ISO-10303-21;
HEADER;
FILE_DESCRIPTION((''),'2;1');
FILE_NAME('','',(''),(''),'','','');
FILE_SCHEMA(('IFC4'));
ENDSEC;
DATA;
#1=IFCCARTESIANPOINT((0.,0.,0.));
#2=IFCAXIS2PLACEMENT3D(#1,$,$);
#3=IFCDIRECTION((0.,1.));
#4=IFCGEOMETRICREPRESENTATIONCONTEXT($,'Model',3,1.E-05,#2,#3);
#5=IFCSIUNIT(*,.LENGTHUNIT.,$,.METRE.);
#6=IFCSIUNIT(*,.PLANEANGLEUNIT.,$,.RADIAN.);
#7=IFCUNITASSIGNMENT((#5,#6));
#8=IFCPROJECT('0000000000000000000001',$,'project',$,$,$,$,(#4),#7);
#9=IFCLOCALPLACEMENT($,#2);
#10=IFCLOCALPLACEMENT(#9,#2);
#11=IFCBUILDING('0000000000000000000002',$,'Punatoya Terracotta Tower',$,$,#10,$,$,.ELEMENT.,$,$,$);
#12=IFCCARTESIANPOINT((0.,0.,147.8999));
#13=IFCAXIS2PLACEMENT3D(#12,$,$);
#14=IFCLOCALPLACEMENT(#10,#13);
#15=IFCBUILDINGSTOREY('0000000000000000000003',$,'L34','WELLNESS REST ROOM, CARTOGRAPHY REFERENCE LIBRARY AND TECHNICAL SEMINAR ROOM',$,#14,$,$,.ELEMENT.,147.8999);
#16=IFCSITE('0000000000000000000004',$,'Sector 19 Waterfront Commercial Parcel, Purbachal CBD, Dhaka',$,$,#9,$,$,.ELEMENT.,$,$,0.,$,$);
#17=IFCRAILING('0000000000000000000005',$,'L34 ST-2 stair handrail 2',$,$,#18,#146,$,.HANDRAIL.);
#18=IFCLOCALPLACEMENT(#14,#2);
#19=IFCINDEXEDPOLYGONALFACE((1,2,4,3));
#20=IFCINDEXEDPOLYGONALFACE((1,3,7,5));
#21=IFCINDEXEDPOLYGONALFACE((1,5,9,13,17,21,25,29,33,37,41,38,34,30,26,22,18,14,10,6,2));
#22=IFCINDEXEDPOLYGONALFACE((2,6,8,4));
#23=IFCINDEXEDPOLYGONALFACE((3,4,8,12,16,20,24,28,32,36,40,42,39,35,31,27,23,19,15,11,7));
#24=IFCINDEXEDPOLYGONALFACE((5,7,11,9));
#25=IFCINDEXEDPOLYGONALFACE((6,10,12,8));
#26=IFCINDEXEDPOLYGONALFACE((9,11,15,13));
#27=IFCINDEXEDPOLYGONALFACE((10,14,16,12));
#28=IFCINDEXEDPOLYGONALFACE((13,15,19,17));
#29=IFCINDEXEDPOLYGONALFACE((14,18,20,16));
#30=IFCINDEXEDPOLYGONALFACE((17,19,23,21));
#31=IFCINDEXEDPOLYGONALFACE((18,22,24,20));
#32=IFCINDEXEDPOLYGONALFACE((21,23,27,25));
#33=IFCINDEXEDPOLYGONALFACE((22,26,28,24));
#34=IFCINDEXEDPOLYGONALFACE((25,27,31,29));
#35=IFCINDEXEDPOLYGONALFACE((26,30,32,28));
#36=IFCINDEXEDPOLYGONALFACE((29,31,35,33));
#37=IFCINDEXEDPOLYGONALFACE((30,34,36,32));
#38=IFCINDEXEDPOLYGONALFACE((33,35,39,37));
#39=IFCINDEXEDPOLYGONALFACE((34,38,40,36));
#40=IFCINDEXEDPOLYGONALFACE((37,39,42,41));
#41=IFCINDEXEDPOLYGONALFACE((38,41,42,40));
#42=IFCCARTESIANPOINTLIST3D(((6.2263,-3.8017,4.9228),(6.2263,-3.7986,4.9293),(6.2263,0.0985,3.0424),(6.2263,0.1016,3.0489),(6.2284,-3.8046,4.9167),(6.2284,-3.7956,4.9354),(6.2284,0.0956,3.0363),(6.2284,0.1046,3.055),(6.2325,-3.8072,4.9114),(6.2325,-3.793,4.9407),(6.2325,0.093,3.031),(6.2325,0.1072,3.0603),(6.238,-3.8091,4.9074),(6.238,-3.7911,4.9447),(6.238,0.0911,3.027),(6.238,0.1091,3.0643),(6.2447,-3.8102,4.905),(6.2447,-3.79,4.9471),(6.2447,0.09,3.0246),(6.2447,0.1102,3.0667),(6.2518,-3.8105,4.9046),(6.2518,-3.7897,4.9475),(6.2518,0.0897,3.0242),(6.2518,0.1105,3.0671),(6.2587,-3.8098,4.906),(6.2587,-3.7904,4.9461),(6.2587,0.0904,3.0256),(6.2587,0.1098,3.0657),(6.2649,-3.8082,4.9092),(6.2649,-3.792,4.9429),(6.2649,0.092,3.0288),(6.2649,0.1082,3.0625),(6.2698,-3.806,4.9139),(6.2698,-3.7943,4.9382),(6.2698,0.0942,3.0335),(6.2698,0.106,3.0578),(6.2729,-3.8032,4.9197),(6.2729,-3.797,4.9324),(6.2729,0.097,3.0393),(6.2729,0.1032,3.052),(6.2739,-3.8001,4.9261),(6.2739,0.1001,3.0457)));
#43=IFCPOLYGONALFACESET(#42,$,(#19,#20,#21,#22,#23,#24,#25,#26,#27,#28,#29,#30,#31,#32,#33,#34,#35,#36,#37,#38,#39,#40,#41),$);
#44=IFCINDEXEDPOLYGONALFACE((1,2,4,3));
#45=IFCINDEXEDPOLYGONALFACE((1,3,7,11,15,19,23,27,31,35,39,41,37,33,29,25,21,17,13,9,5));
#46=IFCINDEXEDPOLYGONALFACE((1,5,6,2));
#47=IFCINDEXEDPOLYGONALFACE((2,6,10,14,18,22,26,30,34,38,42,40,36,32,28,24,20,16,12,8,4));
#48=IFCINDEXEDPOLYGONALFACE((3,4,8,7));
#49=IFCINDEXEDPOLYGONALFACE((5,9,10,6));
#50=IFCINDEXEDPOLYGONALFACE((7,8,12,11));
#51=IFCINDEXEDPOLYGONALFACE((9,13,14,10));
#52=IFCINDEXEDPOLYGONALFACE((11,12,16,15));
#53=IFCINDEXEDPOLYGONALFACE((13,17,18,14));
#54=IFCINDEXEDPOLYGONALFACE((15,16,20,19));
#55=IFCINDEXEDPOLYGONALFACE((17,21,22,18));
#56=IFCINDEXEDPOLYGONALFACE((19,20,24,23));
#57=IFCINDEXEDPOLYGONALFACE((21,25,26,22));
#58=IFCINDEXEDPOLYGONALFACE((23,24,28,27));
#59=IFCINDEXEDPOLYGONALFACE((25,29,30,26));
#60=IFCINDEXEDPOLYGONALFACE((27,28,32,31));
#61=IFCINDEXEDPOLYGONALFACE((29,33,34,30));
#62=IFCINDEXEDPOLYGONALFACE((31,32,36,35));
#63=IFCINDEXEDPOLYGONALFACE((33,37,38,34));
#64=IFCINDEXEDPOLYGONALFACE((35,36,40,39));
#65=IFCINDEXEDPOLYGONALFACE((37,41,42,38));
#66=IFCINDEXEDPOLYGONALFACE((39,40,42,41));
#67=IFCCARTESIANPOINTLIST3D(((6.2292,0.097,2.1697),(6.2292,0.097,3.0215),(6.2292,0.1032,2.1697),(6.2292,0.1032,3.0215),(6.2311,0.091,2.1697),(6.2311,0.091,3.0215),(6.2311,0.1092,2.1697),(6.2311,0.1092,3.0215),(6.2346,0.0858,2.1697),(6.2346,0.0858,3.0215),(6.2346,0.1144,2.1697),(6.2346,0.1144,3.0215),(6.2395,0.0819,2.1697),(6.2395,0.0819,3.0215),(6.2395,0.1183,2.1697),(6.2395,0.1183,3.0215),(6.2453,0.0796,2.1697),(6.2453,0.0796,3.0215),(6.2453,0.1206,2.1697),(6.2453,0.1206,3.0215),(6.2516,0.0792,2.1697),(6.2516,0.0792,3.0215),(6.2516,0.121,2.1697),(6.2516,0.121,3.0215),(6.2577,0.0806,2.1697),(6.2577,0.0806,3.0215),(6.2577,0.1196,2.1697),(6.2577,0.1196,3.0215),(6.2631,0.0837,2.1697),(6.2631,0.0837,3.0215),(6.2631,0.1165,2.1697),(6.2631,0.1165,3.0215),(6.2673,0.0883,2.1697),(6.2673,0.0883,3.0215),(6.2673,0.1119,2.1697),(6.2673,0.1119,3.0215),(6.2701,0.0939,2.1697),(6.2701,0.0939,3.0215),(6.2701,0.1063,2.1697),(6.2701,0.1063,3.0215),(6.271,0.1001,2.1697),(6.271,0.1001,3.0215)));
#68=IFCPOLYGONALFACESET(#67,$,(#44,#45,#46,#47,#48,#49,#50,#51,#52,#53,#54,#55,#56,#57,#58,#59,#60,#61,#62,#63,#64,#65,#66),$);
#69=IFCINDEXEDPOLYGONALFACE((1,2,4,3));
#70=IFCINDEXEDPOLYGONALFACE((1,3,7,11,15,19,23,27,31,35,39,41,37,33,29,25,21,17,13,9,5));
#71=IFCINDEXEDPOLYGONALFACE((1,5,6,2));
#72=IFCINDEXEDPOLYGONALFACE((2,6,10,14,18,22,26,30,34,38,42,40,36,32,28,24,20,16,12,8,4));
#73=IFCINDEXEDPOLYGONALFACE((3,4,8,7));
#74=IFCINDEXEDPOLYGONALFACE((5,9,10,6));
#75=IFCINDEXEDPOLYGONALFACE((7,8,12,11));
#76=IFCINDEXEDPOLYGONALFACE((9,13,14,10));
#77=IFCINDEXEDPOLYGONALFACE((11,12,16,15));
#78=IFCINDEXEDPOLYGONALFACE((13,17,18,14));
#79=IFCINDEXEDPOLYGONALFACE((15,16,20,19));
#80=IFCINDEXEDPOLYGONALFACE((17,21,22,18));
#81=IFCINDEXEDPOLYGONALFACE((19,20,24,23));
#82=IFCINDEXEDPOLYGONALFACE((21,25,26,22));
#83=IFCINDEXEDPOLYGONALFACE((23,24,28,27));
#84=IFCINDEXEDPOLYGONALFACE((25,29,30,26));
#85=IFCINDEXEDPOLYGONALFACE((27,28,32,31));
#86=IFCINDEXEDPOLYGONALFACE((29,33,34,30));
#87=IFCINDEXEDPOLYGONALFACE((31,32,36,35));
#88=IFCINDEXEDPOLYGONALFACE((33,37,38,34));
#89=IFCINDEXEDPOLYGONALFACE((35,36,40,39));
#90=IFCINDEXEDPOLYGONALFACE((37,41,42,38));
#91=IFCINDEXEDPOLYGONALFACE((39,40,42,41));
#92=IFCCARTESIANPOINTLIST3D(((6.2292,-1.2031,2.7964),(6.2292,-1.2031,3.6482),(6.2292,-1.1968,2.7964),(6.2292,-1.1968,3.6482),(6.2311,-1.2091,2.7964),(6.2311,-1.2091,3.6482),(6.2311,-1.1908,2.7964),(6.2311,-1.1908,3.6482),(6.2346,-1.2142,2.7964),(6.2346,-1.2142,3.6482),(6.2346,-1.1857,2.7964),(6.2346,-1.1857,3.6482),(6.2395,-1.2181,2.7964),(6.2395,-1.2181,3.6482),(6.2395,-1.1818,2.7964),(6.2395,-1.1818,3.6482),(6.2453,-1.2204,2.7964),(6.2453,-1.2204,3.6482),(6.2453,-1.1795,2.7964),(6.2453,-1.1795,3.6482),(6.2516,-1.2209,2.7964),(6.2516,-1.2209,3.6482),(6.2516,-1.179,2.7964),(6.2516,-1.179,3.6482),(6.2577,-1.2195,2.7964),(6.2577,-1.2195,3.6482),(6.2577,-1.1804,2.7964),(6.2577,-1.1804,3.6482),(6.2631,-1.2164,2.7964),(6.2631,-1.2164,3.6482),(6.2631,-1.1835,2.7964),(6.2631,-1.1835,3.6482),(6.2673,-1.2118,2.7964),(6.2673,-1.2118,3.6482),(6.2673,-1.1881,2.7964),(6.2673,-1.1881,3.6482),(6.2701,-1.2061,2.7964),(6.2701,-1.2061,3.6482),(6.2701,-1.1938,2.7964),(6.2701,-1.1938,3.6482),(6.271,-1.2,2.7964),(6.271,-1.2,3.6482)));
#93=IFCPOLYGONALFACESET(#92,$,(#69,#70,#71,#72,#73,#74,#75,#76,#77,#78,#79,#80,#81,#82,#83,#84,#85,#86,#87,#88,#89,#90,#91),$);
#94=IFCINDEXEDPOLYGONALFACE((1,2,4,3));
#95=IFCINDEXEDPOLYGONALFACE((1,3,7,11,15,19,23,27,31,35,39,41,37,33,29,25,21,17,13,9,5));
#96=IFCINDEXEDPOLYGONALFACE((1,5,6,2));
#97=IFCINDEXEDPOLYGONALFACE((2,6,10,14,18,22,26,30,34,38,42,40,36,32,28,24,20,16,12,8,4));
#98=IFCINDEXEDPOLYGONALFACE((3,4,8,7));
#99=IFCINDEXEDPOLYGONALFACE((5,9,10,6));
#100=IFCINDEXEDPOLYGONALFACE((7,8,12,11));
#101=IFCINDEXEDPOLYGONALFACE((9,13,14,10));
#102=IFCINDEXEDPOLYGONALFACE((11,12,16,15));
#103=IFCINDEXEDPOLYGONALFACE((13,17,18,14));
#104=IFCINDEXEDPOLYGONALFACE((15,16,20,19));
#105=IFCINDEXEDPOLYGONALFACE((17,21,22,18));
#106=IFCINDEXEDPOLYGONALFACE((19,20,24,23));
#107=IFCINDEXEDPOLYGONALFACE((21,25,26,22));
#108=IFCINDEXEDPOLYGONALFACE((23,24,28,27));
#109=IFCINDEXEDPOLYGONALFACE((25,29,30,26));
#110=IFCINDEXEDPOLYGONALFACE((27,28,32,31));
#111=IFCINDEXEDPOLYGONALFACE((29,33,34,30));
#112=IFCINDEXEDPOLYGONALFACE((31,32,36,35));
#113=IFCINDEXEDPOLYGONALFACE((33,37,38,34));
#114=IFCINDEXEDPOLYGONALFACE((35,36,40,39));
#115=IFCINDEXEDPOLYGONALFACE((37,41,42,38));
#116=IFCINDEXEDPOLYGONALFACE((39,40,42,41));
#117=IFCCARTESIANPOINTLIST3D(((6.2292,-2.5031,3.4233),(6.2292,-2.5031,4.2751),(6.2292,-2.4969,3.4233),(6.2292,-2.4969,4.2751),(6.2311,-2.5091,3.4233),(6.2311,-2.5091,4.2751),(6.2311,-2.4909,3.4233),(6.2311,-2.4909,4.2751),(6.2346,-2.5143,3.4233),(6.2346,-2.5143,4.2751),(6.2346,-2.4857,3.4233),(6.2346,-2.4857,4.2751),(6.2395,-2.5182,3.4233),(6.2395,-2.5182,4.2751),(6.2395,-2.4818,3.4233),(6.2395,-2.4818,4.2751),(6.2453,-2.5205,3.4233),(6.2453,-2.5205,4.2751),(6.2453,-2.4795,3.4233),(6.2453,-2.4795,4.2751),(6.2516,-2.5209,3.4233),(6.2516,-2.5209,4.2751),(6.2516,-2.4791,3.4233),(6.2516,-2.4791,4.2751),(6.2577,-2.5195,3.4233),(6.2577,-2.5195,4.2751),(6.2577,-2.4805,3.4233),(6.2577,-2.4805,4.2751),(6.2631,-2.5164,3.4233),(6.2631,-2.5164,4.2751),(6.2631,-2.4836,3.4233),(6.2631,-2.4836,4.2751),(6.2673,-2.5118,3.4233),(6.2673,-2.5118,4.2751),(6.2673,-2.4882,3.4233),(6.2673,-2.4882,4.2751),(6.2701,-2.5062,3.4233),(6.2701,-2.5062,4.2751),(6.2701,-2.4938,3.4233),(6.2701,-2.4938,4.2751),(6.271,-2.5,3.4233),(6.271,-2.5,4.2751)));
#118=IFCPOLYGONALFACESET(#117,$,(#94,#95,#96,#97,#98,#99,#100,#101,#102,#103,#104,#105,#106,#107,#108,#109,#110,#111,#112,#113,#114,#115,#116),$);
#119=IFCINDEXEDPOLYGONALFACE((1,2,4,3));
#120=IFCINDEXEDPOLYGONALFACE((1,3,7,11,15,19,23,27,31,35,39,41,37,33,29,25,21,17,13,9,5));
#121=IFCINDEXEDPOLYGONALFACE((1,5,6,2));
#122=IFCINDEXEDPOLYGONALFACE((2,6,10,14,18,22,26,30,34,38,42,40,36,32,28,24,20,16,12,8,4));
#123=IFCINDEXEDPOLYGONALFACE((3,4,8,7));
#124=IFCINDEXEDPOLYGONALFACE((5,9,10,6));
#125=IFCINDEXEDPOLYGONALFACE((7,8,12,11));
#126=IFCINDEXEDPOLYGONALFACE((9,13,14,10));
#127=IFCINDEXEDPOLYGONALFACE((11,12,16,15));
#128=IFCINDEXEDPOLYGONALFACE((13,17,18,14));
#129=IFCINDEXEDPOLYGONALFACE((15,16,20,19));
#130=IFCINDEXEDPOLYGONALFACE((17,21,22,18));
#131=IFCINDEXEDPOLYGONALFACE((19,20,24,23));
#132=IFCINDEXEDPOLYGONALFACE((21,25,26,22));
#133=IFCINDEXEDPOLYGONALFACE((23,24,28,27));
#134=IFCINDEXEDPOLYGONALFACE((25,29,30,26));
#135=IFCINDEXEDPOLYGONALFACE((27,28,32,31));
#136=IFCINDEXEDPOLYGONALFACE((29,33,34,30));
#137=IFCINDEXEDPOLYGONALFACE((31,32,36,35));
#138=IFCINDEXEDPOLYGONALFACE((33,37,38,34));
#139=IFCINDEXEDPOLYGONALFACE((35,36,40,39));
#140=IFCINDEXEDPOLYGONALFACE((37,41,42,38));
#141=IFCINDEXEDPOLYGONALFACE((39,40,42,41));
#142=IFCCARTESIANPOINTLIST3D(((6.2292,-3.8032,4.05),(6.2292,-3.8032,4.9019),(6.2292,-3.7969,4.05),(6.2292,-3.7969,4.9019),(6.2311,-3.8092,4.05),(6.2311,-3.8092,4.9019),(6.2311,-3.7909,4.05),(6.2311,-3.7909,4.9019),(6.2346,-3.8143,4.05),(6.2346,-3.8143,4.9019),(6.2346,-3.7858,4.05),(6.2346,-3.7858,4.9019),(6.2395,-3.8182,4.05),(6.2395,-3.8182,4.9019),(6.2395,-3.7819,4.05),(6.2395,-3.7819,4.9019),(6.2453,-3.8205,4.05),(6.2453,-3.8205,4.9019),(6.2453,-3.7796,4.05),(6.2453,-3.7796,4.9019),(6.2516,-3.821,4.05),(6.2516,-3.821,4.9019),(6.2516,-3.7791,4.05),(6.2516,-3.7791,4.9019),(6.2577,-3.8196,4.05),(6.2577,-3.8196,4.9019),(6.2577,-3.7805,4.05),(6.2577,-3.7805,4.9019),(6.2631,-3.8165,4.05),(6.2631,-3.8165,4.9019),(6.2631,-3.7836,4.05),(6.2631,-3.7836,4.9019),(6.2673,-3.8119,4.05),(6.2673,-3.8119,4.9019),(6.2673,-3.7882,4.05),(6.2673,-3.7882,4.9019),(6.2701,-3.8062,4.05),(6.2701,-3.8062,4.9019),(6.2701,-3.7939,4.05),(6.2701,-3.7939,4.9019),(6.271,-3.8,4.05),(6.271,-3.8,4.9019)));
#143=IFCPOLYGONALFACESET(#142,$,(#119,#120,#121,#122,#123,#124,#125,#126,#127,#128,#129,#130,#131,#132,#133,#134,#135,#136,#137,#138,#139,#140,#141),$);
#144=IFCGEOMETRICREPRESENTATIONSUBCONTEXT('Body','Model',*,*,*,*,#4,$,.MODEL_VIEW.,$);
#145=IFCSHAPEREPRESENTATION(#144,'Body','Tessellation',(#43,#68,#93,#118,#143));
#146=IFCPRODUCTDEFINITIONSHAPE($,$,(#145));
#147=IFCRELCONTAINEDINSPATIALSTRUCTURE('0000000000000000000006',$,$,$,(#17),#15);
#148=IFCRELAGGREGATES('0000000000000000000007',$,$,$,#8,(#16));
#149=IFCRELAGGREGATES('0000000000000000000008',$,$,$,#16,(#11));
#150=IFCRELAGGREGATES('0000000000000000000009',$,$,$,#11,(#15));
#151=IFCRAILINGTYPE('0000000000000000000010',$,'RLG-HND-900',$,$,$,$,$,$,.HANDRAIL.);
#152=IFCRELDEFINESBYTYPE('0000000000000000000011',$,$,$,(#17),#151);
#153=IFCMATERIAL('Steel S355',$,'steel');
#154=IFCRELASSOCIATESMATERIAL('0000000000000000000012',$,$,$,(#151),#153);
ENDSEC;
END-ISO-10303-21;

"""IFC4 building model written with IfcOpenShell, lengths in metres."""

from ifc_helpers import new_model, si_unit, direction, frame, origin, origin_2d, place, context, subcontext, project, spatial, circle, extrude, material, type_object, element, save


model = new_model("IFC4")

# Units and contexts
model_context = context("Model", 3, precision=1e-05, world=origin(), true_north=direction((0.0, 1.0)))
body_context = subcontext(model_context, "Body", "Model", "MODEL_VIEW")
ifc_project = project(units=[si_unit("LENGTHUNIT", "METRE"), si_unit("PLANEANGLEUNIT", "RADIAN")], contexts=[model_context])

# Site, building, storey
site_placement = place(None, origin())
site = spatial("IfcSite", under=ifc_project, at=site_placement, Name="Sector 19 Waterfront Commercial Parcel, Purbachal CBD, Dhaka", CompositionType="ELEMENT", RefElevation=0.0)
building_placement = place(site_placement, origin())
building = spatial("IfcBuilding", under=site, at=building_placement, Name="Punatoya Terracotta Tower", CompositionType="ELEMENT")
storey_placement = place(building_placement, frame((0.0, 0.0, 147.8999)))
storey = spatial("IfcBuildingStorey", under=building, at=storey_placement, Name="L34", Description="WELLNESS REST ROOM, CARTOGRAPHY REFERENCE LIBRARY AND TECHNICAL SEMINAR ROOM", CompositionType="ELEMENT", Elevation=147.8999)

# Shared definitions
ifc_material_1 = material(Name="Steel S355", Category="steel")

# Railing
railing_type_1 = type_object("IfcRailingType", Name="RLG-HND-900", PredefinedType="HANDRAIL", material=ifc_material_1)
railing_1_placement = place(storey_placement, frame((6.25, 0.1001, 2.1697)))
element("IfcRailing", 1, at=railing_1_placement, inside=storey, type_object=railing_type_1, Name="L34 ST-2 stair handrail 2", PredefinedType="HANDRAIL", context=body_context, shape_type="SweptSolid", body=[
    extrude(circle(Radius=0.0239, at=origin_2d()), frame((0.0, 0.0, 0.876), z_axis=(0.0, -0.900774, 0.434289), x_axis=(1.0, 0.0, 0.0)), (0.0, 0.0, 1.0), 4.3298),
    extrude(circle(Radius=0.021, at=origin_2d()), origin(), (0.0, 0.0, 1.0), 0.8518),
    extrude(circle(Radius=0.021, at=origin_2d()), frame((0.0, -1.3, 0.6267)), (0.0, 0.0, 1.0), 0.8518),
    extrude(circle(Radius=0.021, at=origin_2d()), frame((0.0, -2.6001, 1.2537)), (0.0, 0.0, 1.0), 0.8518),
    extrude(circle(Radius=0.021, at=origin_2d()), frame((0.0, -3.9001, 1.8804)), (0.0, 0.0, 1.0), 0.8518),
])

save(model, "model.ifc")
